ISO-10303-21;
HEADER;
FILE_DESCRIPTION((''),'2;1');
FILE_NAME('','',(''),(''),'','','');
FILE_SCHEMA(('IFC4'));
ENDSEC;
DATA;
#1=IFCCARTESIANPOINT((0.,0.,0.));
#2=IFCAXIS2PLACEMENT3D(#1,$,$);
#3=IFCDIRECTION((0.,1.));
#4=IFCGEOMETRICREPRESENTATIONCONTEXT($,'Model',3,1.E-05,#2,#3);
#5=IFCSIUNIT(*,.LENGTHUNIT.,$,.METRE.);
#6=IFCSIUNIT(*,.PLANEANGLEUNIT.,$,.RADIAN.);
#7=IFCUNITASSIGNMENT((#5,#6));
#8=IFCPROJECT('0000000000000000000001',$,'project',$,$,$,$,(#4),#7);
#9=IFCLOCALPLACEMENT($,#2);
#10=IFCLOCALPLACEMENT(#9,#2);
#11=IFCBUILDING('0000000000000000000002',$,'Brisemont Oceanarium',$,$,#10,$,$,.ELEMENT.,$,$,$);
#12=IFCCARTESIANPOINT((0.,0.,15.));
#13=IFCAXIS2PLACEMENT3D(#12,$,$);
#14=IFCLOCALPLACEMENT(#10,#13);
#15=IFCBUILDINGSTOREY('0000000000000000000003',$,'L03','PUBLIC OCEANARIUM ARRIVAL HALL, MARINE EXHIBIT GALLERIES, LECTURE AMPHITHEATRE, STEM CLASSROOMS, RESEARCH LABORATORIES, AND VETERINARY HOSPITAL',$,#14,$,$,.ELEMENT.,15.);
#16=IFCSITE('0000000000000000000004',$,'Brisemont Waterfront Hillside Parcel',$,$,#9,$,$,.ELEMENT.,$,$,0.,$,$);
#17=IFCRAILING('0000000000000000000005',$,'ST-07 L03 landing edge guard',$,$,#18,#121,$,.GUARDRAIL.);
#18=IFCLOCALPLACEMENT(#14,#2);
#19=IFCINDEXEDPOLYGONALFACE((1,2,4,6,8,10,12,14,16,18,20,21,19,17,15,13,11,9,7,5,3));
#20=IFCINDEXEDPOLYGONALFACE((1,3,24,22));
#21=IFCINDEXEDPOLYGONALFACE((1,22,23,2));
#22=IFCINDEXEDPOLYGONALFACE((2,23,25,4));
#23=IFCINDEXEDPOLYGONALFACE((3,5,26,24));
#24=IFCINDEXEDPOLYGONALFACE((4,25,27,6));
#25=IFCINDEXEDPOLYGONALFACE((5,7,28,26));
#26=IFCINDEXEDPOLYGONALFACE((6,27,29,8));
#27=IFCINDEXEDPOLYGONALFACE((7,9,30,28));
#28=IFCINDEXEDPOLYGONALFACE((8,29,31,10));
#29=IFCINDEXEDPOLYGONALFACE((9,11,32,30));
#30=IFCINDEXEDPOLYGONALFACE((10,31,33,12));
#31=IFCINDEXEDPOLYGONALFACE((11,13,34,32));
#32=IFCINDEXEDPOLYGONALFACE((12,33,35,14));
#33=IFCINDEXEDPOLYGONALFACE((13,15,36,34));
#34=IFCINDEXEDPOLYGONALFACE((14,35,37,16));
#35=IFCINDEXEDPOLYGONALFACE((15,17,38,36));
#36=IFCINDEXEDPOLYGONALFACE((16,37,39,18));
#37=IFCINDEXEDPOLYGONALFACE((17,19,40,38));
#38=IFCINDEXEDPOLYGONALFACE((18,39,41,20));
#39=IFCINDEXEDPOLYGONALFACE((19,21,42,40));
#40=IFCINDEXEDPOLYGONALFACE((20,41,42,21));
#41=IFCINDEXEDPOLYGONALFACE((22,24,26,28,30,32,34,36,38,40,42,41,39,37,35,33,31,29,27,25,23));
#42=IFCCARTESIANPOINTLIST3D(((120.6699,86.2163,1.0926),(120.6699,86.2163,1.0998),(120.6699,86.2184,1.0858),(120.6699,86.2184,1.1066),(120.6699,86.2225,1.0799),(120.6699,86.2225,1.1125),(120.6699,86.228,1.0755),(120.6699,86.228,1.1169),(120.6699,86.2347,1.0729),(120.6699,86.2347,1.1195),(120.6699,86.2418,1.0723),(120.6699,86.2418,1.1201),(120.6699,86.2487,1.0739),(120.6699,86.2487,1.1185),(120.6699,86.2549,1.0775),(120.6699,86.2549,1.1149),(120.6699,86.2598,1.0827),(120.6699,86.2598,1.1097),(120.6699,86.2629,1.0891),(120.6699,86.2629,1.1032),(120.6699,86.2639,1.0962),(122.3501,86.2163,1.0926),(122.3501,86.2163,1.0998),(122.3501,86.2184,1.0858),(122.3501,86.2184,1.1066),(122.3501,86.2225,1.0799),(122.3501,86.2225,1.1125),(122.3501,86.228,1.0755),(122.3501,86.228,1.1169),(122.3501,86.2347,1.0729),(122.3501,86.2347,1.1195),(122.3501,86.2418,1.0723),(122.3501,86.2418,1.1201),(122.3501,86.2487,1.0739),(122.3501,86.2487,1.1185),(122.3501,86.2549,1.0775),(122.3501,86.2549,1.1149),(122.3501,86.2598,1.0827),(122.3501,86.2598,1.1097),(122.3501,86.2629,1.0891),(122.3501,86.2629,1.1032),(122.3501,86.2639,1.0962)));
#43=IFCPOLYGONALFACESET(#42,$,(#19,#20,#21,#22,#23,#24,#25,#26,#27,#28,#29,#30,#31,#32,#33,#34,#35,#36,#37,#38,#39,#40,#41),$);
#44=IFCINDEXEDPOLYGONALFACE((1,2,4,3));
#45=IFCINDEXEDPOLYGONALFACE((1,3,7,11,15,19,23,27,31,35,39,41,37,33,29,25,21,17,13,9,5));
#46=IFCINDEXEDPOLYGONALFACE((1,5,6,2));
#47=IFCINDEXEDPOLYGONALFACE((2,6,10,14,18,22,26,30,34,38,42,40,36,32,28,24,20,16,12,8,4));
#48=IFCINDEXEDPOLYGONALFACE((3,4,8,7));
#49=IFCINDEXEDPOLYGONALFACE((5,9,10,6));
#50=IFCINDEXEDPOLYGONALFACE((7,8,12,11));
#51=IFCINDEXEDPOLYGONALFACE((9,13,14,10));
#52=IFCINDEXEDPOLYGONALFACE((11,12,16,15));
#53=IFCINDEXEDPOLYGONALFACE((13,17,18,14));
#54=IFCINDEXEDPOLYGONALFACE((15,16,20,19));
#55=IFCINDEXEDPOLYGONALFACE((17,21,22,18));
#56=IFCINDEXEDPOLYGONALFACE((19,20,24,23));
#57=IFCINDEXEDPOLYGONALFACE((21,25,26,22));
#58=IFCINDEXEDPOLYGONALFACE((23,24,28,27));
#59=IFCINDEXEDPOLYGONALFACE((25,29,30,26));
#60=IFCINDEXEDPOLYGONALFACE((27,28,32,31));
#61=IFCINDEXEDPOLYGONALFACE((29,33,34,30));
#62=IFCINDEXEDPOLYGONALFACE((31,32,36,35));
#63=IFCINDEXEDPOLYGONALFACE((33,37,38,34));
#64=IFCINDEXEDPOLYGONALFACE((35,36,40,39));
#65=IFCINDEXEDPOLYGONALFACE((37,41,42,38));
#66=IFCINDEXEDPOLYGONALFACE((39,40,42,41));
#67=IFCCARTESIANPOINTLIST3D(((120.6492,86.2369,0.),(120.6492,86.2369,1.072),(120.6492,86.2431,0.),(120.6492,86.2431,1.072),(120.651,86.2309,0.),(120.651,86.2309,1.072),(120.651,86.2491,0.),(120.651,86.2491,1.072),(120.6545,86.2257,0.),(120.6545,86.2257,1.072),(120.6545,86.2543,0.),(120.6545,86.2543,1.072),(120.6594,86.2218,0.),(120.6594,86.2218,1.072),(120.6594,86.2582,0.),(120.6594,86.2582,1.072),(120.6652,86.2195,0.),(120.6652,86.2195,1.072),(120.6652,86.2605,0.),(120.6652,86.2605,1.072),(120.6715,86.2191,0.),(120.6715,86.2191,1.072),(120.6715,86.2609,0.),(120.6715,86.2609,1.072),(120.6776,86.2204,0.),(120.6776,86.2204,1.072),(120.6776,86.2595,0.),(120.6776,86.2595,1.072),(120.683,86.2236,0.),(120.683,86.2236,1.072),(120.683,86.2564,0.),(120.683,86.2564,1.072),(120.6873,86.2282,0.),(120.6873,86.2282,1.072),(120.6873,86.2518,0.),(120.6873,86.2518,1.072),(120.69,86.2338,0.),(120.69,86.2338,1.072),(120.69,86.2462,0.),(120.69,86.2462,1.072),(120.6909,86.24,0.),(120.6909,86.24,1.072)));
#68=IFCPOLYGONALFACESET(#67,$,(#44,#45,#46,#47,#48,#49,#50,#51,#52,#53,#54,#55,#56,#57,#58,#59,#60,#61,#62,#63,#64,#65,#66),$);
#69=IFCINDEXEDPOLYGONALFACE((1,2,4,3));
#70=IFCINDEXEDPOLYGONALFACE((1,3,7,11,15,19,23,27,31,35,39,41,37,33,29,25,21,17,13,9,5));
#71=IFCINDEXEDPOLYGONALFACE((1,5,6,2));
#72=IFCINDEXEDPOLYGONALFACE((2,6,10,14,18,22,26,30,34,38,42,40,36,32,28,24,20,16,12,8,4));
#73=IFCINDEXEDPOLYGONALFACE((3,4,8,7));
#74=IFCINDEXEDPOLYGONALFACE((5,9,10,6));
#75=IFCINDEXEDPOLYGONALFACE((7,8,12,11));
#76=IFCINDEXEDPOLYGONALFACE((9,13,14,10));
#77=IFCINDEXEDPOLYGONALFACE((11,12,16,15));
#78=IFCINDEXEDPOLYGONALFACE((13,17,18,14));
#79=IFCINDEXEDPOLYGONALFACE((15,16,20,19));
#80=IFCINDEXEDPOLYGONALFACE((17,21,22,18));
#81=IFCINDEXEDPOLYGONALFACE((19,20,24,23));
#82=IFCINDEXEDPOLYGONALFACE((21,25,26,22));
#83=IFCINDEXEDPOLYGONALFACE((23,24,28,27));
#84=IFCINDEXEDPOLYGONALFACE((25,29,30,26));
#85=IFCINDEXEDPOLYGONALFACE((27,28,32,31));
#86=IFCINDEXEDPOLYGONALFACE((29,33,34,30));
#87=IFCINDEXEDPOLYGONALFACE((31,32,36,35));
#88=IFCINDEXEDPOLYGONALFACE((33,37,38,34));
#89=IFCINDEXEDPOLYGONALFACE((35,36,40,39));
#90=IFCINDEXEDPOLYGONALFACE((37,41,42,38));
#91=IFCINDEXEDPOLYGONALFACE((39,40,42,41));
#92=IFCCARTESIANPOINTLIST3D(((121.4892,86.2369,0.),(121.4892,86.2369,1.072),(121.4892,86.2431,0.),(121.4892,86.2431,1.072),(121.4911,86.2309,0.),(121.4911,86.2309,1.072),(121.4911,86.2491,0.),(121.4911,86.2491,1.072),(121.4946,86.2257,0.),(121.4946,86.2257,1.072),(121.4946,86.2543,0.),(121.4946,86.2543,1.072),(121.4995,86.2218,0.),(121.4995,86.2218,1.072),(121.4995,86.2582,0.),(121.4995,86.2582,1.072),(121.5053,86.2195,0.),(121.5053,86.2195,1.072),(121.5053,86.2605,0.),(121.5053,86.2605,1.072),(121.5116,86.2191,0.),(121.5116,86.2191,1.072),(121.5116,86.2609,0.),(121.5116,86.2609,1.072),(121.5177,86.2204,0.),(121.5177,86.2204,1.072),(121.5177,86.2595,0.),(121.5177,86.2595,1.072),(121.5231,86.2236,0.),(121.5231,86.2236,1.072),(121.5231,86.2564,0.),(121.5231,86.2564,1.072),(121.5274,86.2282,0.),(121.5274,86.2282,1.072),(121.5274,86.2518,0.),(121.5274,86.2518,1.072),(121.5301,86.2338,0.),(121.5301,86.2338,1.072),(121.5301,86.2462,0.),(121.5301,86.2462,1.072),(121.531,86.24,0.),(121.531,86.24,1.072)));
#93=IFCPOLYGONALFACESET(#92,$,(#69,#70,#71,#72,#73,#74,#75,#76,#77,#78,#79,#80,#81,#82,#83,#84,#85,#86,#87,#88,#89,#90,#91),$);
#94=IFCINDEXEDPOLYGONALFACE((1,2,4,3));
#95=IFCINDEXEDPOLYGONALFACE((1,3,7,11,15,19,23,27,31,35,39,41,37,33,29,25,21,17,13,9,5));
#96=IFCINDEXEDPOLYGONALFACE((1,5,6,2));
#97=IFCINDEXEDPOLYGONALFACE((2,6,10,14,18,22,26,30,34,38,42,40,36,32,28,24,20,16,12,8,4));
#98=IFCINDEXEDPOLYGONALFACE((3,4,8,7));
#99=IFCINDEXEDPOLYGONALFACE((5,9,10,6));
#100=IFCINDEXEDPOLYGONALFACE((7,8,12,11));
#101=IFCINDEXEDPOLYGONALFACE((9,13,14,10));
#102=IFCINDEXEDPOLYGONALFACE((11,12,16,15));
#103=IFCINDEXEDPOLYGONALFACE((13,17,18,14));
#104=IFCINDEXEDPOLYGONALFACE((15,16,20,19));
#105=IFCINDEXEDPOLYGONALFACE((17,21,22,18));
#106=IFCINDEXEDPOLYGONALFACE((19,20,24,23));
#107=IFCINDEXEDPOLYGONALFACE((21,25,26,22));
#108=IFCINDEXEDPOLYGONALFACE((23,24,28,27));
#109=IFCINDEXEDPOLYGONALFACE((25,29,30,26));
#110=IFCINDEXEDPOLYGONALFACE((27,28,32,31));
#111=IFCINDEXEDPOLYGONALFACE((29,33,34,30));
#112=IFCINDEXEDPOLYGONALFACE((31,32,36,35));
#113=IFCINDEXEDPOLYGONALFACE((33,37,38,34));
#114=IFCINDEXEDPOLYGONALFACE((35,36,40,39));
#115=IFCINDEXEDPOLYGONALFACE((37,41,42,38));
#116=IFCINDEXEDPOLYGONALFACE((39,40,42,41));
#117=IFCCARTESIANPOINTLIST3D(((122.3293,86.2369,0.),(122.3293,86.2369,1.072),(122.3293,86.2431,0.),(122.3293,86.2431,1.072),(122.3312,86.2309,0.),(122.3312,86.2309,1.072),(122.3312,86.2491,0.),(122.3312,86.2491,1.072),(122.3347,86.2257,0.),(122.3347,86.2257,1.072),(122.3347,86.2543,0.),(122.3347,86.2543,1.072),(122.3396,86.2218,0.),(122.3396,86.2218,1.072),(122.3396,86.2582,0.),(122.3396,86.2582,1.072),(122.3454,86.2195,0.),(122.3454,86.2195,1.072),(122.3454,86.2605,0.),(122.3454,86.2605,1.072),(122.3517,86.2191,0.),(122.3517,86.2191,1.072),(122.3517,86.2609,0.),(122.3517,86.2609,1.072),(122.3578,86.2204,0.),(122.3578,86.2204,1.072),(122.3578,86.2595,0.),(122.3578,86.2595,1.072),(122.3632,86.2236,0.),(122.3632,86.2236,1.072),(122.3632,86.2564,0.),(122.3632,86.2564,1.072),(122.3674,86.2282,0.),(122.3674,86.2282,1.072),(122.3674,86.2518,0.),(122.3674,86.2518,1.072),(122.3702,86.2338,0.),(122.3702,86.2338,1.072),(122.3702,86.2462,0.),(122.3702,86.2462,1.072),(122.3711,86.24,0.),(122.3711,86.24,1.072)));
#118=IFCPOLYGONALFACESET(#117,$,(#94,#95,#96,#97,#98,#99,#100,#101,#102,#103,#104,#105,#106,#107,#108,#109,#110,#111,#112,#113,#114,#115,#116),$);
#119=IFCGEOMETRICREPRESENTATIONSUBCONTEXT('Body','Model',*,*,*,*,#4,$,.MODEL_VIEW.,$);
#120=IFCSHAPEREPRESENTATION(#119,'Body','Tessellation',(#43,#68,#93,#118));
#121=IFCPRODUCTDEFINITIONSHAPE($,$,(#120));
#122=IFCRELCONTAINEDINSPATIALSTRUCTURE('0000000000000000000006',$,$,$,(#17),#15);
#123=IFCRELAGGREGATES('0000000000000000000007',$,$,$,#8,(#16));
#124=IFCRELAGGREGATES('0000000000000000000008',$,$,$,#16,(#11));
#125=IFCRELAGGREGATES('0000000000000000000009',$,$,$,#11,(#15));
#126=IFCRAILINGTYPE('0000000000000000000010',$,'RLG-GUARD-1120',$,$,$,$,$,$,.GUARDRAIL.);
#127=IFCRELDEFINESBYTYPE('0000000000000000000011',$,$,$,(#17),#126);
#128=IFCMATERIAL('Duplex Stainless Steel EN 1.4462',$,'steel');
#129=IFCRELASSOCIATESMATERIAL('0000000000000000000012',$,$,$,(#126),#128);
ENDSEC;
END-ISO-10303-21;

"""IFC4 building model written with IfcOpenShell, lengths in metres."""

from ifc_helpers import new_model, si_unit, direction, frame, origin, origin_2d, place, context, subcontext, project, spatial, circle, extrude, material, type_object, element, save


model = new_model("IFC4")

# Units and contexts
model_context = context("Model", 3, precision=1e-05, world=origin(), true_north=direction((0.0, 1.0)))
body_context = subcontext(model_context, "Body", "Model", "MODEL_VIEW")
ifc_project = project(units=[si_unit("LENGTHUNIT", "METRE"), si_unit("PLANEANGLEUNIT", "RADIAN")], contexts=[model_context])

# Site, building, storey
site_placement = place(None, origin())
site = spatial("IfcSite", under=ifc_project, at=site_placement, Name="Brisemont Waterfront Hillside Parcel", CompositionType="ELEMENT", RefElevation=0.0)
building_placement = place(site_placement, origin())
building = spatial("IfcBuilding", under=site, at=building_placement, Name="Brisemont Oceanarium", CompositionType="ELEMENT")
storey_placement = place(building_placement, frame((0.0, 0.0, 15.0)))
storey = spatial("IfcBuildingStorey", under=building, at=storey_placement, Name="L03", Description="PUBLIC OCEANARIUM ARRIVAL HALL, MARINE EXHIBIT GALLERIES, LECTURE AMPHITHEATRE, STEM CLASSROOMS, RESEARCH LABORATORIES, AND VETERINARY HOSPITAL", CompositionType="ELEMENT", Elevation=15.0)

# Railing
ifc_material_1 = material(Name="Duplex Stainless Steel EN 1.4462", Category="steel")
railing_type_1 = type_object("IfcRailingType", Name="RLG-GUARD-1120", PredefinedType="GUARDRAIL", material=ifc_material_1)
railing_1_placement = place(storey_placement, frame((120.6699, 86.24, 0.0)))
element("IfcRailing", 1, at=railing_1_placement, inside=storey, type_object=railing_type_1, Name="ST-07 L03 landing edge guard", PredefinedType="GUARDRAIL", context=body_context, shape_type="SweptSolid", body=[
    extrude(circle(Radius=0.0239, at=origin_2d()), frame((0.0, 0.0, 1.0962), z_axis=(1.0, 0.0, 0.0), x_axis=(0.0, 1.0, 0.0)), (0.0, 0.0, 1.0), 1.6802),
    extrude(circle(Radius=0.021, at=origin_2d()), origin(), (0.0, 0.0, 1.0), 1.072),
    extrude(circle(Radius=0.021, at=origin_2d()), frame((0.8401, 0.0, 0.0)), (0.0, 0.0, 1.0), 1.072),
    extrude(circle(Radius=0.021, at=origin_2d()), frame((1.6802, 0.0, 0.0)), (0.0, 0.0, 1.0), 1.072),
])

save(model, "model.ifc")
